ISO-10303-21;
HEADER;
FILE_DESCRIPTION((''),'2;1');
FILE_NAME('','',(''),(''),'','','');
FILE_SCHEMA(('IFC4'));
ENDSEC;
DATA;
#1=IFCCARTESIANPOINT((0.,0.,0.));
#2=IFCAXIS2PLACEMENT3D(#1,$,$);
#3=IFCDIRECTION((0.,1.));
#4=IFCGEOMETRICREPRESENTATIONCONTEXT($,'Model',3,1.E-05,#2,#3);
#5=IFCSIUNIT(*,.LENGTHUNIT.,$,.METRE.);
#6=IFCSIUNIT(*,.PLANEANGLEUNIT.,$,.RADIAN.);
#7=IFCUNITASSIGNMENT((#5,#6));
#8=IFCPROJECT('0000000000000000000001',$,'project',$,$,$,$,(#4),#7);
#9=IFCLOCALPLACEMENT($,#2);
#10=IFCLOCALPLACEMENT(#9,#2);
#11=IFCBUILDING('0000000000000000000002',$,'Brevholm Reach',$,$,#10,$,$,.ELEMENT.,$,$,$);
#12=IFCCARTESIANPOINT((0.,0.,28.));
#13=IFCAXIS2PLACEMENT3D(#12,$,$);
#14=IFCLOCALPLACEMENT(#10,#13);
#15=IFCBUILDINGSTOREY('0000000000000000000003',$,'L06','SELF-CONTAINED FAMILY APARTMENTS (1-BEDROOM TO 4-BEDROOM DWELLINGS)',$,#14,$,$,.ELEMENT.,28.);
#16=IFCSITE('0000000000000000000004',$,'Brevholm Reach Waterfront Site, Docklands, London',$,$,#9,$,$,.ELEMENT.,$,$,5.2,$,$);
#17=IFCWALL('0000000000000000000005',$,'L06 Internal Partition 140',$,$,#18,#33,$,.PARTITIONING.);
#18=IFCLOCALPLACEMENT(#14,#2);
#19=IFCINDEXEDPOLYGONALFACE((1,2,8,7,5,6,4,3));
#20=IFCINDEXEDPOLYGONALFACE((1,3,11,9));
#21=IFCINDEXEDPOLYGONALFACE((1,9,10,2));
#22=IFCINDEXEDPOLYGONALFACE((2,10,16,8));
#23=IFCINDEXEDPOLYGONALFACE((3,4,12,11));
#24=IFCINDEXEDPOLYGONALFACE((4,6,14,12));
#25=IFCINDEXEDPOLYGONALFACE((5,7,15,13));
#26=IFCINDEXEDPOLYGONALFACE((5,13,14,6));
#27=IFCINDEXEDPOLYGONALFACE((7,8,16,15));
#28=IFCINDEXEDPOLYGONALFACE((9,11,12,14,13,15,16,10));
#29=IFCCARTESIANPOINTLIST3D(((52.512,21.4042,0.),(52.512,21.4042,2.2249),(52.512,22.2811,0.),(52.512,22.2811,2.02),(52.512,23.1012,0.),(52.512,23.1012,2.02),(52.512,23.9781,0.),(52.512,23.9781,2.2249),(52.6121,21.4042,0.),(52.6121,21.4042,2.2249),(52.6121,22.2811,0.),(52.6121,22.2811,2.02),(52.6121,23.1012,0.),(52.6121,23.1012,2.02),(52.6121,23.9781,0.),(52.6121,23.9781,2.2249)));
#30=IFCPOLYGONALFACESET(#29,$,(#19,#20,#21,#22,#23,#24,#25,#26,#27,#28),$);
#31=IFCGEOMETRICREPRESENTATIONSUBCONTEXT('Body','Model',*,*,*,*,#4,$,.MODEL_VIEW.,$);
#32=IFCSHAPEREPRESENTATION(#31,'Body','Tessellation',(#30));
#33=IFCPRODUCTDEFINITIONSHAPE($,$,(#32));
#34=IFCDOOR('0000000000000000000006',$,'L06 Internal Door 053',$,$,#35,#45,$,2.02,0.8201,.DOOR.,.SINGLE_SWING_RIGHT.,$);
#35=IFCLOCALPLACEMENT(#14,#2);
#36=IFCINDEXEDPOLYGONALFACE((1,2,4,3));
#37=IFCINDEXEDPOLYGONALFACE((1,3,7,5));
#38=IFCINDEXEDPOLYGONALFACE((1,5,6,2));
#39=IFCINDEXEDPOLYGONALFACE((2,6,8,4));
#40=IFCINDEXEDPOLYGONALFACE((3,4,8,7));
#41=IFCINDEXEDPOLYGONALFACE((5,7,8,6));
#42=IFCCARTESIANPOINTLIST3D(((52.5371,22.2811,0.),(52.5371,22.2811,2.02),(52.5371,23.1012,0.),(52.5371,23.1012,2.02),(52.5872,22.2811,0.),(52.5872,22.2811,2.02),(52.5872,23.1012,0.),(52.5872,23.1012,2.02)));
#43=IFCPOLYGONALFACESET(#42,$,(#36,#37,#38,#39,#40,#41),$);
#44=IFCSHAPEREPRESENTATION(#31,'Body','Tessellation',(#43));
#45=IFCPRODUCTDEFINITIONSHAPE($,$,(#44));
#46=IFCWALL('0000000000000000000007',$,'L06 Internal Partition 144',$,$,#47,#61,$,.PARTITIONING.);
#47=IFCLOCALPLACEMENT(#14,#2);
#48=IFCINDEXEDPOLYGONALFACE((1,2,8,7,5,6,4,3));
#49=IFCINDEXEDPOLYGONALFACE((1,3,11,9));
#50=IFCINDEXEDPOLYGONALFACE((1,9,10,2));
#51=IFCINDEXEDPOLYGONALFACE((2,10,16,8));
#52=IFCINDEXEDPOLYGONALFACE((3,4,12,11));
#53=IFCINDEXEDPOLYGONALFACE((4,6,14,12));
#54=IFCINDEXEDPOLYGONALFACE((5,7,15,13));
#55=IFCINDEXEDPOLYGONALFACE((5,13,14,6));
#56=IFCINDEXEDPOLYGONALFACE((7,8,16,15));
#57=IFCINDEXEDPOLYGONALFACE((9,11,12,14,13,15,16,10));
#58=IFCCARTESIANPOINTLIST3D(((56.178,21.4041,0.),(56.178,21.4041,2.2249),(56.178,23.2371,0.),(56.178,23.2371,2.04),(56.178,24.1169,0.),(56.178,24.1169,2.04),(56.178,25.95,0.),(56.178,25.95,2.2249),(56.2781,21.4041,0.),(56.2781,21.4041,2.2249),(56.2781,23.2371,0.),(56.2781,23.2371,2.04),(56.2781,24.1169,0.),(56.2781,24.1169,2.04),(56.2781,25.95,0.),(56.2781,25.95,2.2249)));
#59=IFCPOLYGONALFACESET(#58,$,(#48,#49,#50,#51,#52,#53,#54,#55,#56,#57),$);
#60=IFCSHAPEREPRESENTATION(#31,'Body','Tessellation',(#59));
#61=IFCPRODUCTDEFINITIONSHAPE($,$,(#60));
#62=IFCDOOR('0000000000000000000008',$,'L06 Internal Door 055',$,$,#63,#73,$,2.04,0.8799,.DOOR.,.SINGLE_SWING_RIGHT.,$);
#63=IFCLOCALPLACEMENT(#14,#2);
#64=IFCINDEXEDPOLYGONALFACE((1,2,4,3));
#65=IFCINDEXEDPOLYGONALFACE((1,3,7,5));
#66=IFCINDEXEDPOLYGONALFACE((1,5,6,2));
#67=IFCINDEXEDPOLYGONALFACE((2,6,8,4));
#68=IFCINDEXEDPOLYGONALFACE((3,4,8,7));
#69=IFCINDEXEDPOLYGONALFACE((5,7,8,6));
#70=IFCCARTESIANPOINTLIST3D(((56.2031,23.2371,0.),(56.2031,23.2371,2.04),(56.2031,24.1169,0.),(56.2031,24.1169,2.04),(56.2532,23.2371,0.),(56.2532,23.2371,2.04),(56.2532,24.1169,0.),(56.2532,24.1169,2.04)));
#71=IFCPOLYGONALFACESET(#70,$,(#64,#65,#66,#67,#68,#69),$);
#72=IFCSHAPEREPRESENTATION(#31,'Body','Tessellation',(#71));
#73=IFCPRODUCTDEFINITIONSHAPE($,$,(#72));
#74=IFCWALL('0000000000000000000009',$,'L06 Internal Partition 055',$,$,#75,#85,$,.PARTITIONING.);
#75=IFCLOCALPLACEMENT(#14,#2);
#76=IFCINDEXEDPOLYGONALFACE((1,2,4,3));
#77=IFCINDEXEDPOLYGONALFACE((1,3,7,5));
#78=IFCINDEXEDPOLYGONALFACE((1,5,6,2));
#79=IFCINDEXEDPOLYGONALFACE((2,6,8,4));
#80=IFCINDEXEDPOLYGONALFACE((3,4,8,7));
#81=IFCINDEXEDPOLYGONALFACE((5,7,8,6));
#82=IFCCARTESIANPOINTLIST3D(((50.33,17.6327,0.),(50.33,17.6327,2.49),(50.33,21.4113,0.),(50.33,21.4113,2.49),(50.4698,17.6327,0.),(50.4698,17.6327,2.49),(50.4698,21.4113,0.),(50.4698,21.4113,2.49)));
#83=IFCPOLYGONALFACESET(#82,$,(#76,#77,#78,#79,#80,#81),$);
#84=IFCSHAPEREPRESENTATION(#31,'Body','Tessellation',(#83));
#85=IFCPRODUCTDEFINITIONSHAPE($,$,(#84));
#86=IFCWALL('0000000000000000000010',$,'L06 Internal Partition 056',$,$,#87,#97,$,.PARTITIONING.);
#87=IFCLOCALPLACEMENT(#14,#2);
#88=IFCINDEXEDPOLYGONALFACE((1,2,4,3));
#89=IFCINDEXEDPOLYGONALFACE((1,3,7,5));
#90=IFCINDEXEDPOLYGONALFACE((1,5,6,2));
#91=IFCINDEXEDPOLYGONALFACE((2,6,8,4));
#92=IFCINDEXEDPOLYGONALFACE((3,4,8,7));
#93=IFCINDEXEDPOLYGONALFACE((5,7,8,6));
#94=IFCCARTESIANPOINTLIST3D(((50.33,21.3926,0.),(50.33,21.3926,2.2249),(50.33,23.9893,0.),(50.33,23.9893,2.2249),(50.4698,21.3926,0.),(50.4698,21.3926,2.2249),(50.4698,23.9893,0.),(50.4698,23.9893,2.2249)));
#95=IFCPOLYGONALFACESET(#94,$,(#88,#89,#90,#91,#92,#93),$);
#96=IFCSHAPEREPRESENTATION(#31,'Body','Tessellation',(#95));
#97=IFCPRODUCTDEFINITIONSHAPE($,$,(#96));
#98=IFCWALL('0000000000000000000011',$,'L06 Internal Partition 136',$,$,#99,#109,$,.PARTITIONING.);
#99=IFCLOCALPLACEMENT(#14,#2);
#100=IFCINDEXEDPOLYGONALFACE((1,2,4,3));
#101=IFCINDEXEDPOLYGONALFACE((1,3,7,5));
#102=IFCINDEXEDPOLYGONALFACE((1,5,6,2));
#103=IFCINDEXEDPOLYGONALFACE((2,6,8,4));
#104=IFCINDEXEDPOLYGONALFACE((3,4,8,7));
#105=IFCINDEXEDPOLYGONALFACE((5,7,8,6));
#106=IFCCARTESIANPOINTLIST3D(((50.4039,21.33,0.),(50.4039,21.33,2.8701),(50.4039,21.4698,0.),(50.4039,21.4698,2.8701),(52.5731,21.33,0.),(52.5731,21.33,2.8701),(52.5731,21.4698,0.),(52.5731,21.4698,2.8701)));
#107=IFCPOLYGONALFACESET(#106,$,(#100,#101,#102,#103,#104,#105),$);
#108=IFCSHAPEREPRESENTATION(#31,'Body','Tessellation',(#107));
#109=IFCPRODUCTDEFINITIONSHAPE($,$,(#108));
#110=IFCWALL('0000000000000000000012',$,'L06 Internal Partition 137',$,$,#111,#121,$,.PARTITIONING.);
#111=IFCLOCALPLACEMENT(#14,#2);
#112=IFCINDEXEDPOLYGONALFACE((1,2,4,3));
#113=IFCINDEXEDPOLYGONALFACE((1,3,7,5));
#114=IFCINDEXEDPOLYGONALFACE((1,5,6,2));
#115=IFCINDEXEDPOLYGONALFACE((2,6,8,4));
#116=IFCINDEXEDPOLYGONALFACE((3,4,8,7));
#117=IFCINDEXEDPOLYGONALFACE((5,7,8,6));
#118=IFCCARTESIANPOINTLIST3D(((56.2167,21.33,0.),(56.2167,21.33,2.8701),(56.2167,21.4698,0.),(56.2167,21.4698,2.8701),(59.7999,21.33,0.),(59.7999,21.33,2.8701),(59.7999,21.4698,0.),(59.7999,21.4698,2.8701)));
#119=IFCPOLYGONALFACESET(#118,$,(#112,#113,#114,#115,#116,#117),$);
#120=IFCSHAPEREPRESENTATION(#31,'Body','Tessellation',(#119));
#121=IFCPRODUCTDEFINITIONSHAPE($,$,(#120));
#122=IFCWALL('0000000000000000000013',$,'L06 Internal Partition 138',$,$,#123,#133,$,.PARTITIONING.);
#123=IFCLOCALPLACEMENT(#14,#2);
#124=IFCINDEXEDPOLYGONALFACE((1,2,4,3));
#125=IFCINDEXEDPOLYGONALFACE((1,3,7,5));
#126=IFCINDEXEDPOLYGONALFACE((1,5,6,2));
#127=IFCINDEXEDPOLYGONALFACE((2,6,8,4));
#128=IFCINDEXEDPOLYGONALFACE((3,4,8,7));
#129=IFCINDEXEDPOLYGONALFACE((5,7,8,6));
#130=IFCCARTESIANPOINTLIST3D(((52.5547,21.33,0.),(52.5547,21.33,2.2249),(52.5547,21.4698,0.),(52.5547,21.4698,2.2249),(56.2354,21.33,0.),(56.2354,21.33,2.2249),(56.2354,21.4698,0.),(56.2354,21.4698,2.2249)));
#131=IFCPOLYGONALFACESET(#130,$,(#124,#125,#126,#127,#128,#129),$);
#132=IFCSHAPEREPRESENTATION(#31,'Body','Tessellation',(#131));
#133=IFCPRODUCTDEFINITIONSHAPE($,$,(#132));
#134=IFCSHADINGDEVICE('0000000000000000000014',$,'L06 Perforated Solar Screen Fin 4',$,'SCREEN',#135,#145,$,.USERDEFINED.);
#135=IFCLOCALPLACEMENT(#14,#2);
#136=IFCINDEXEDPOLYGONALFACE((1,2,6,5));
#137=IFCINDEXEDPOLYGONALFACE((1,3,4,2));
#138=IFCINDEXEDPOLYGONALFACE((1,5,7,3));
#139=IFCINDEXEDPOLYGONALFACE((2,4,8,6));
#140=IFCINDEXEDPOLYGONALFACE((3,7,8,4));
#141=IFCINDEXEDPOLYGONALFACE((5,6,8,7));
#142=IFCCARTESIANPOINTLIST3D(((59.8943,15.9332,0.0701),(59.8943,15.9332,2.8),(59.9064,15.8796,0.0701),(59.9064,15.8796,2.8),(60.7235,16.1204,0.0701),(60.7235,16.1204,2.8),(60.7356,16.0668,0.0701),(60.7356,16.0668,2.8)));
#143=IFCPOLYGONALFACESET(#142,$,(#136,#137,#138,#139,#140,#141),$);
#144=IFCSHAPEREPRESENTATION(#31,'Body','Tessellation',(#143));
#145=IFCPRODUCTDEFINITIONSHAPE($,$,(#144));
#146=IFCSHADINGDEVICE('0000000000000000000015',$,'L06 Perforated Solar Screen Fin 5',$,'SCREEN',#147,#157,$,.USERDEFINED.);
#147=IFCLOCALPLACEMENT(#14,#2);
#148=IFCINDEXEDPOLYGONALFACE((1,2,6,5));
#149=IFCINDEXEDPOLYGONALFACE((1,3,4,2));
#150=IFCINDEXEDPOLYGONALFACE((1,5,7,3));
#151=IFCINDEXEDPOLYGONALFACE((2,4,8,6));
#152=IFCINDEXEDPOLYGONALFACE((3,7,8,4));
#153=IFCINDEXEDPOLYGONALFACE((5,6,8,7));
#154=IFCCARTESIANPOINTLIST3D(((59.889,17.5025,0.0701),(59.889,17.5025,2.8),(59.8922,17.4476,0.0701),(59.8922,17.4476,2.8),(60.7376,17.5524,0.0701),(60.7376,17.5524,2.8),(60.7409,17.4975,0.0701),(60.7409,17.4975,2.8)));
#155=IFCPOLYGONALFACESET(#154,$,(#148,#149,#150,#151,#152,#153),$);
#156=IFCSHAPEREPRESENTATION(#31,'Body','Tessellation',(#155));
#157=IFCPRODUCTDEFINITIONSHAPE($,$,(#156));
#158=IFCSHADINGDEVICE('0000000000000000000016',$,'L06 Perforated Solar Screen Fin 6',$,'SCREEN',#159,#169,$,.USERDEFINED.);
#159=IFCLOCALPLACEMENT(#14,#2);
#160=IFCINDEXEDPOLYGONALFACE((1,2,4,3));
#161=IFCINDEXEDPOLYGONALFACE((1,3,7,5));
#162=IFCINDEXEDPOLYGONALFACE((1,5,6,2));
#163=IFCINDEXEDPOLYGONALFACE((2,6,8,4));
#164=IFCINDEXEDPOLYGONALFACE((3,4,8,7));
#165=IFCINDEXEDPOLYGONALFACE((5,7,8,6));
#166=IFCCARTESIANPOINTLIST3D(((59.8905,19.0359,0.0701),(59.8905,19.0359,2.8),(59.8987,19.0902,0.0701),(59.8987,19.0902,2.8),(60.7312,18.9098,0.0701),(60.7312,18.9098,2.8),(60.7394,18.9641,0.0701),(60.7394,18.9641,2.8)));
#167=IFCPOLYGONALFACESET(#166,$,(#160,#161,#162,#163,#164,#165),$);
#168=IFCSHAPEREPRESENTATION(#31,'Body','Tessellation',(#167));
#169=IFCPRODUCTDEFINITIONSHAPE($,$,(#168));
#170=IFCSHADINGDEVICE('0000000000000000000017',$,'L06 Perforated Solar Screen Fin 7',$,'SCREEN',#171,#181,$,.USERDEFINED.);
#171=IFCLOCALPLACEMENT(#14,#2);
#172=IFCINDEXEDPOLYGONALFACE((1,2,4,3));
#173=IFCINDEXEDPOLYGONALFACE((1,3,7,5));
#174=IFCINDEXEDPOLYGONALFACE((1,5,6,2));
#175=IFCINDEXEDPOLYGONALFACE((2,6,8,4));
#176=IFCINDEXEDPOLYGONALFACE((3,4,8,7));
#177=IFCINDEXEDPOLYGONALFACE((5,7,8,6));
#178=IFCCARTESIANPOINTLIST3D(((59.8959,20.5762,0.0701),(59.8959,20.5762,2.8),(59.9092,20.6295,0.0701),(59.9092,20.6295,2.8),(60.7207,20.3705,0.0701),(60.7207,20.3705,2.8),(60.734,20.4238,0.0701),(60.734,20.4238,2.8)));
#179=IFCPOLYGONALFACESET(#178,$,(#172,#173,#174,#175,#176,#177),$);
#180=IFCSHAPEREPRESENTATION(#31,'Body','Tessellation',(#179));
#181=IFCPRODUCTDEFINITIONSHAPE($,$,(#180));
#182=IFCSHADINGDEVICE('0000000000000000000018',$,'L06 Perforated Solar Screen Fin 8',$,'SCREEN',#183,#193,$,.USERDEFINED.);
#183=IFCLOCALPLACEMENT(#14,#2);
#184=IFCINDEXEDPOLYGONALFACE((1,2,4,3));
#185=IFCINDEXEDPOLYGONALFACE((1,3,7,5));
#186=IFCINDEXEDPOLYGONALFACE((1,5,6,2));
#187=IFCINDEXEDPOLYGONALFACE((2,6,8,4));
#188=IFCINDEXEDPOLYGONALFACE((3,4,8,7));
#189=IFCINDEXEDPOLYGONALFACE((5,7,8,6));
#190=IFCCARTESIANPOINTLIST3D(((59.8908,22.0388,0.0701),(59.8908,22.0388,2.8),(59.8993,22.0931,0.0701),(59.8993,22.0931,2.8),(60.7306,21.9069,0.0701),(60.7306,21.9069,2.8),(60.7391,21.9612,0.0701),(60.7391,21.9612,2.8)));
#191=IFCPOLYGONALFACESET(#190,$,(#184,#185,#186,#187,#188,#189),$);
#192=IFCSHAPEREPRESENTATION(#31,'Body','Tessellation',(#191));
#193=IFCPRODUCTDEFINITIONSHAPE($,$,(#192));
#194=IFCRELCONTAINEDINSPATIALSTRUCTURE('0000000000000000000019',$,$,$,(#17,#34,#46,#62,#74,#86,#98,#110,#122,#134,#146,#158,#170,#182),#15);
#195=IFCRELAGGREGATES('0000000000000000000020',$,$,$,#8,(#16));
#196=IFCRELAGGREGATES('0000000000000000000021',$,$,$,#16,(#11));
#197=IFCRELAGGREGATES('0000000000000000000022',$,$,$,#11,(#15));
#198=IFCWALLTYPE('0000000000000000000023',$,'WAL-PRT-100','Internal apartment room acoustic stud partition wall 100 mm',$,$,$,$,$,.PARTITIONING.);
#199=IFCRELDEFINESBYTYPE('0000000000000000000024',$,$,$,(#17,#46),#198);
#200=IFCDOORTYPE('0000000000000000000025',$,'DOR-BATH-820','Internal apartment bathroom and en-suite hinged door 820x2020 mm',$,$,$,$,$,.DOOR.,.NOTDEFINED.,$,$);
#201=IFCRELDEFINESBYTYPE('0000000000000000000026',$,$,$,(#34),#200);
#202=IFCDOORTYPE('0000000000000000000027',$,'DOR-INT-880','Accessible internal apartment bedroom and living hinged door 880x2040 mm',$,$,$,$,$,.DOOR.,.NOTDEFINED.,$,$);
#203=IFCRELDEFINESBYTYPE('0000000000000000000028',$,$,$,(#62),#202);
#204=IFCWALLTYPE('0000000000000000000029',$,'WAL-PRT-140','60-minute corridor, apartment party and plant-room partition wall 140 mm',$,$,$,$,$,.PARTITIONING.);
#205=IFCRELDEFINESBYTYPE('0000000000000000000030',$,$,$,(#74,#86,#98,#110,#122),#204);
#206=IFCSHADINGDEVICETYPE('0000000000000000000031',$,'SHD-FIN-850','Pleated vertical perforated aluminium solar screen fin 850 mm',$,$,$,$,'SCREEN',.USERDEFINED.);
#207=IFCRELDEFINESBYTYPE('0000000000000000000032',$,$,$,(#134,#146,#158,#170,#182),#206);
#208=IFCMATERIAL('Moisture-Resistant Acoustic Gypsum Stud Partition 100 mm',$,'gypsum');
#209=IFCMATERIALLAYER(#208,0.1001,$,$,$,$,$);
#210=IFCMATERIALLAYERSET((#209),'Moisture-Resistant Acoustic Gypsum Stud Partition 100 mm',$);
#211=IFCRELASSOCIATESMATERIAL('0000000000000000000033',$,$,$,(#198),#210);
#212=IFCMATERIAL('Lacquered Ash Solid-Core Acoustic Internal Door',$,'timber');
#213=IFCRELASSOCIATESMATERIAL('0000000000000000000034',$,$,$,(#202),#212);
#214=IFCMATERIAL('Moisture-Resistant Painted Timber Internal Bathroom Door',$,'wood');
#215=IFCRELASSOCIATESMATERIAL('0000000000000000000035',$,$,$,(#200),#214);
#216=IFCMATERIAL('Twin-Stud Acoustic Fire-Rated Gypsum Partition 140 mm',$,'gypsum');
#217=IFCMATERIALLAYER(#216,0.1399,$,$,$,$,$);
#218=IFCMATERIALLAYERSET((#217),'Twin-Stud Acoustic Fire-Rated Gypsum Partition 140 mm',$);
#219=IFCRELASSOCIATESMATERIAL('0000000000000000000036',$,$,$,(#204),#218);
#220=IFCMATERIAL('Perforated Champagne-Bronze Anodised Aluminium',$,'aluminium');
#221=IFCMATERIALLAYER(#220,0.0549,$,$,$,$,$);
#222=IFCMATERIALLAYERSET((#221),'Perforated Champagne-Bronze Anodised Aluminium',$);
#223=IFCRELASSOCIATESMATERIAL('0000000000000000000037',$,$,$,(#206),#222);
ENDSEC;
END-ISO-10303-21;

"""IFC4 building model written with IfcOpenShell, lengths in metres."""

from ifc_helpers import new_model, si_unit, direction, frame, frame_2d, origin, origin_2d, place, context, subcontext, project, spatial, rectangle, extrude, material, layer, layer_set, type_object, element, fill, save


model = new_model("IFC4")

# Units and contexts
model_context = context("Model", 3, precision=1e-05, world=origin(), true_north=direction((0.0, 1.0)))
body_context = subcontext(model_context, "Body", "Model", "MODEL_VIEW")
ifc_project = project(units=[si_unit("LENGTHUNIT", "METRE"), si_unit("PLANEANGLEUNIT", "RADIAN")], contexts=[model_context])

# Site, building, storey
site_placement = place(None, origin())
site = spatial("IfcSite", under=ifc_project, at=site_placement, Name="Brevholm Reach Waterfront Site, Docklands, London", CompositionType="ELEMENT", RefElevation=5.2)
building_placement = place(site_placement, origin())
building = spatial("IfcBuilding", under=site, at=building_placement, Name="Brevholm Reach", CompositionType="ELEMENT")
storey_placement = place(building_placement, frame((0.0, 0.0, 28.0)))
storey = spatial("IfcBuildingStorey", under=building, at=storey_placement, Name="L06", Description="SELF-CONTAINED FAMILY APARTMENTS (1-BEDROOM TO 4-BEDROOM DWELLINGS)", CompositionType="ELEMENT", Elevation=28.0)

# Shared definitions
ifc_material_1 = material(Name="Moisture-Resistant Acoustic Gypsum Stud Partition 100 mm", Category="gypsum")
ifc_layer_1 = layer(ifc_material_1, 0.1001)
ifc_layer_set_1 = layer_set([ifc_layer_1], Name="Moisture-Resistant Acoustic Gypsum Stud Partition 100 mm")
wall_type_1 = type_object("IfcWallType", Name="WAL-PRT-100", Description="Internal apartment room acoustic stud partition wall 100 mm", PredefinedType="PARTITIONING", material=ifc_layer_set_1)

# Walls, openings, doors
ifc_material_2 = material(Name="Lacquered Ash Solid-Core Acoustic Internal Door", Category="timber")
door_type_1 = type_object("IfcDoorType", Name="DOR-INT-880", Description="Accessible internal apartment bedroom and living hinged door 880x2040 mm", OperationType="NOTDEFINED", PredefinedType="DOOR", material=ifc_material_2)
wall_1_placement = place(storey_placement, frame((52.562, 21.4041, 0.0), z_axis=(0.0, 0.0, 1.0), x_axis=(0.0, 1.0, 0.0)))
wall_1 = element("IfcWall", 1, at=wall_1_placement, inside=storey, type_object=wall_type_1, Name="L06 Internal Partition 140", PredefinedType="PARTITIONING", context=body_context, shape_type="SweptSolid", body=[
    extrude(rectangle(XDim=2.574, YDim=0.1001, at=frame_2d((1.2871, 0.0))), origin(), (0.0, 0.0, 1.0), 2.2249),
])
opening_1_placement = place(wall_1_placement, frame((0.877, 0.0, 0.0)))
opening_1 = element("IfcOpeningElement", 2, at=opening_1_placement, cuts=wall_1, PredefinedType="OPENING", context=body_context, shape_type="SweptSolid", body=[
    extrude(rectangle(XDim=0.8201, YDim=2.02, at=frame_2d((0.4102, 1.01))), frame((0.0, 0.0601, 0.0), z_axis=(0.0, -1.0, 0.0), x_axis=(1.0, 0.0, 0.0)), (0.0, 0.0, 1.0), 0.1201),
])
ifc_material_3 = material(Name="Moisture-Resistant Painted Timber Internal Bathroom Door", Category="wood")
door_type_2 = type_object("IfcDoorType", Name="DOR-BATH-820", Description="Internal apartment bathroom and en-suite hinged door 820x2020 mm", OperationType="NOTDEFINED", PredefinedType="DOOR", material=ifc_material_3)
door_1_placement = place(opening_1_placement, origin())
door_1 = element("IfcDoor", 3, at=door_1_placement, inside=storey, type_object=door_type_2, Name="L06 Internal Door 053", OperationType="SINGLE_SWING_RIGHT", OverallHeight=2.02, OverallWidth=0.8201, PredefinedType="DOOR", context=body_context, shape_type="SweptSolid", body=[
    extrude(rectangle(XDim=0.8201, YDim=2.02, at=frame_2d((0.4102, 1.01))), frame((0.0, 0.0249, 0.0), z_axis=(0.0, -1.0, 0.0), x_axis=(1.0, 0.0, 0.0)), (0.0, 0.0, 1.0), 0.05),
])
fill(opening_1, door_1)
wall_2_placement = place(storey_placement, frame((56.228, 21.4041, 0.0), z_axis=(0.0, 0.0, 1.0), x_axis=(0.0, 1.0, 0.0)))
wall_2 = element("IfcWall", 4, at=wall_2_placement, inside=storey, type_object=wall_type_1, Name="L06 Internal Partition 144", PredefinedType="PARTITIONING", context=body_context, shape_type="SweptSolid", body=[
    extrude(rectangle(XDim=4.5459, YDim=0.1001, at=frame_2d((2.2729, 0.0))), origin(), (0.0, 0.0, 1.0), 2.2249),
])
opening_2_placement = place(wall_2_placement, frame((1.833, 0.0, 0.0)))
opening_2 = element("IfcOpeningElement", 5, at=opening_2_placement, cuts=wall_2, PredefinedType="OPENING", context=body_context, shape_type="SweptSolid", body=[
    extrude(rectangle(XDim=0.8799, YDim=2.04, at=frame_2d((0.4399, 1.02))), frame((0.0, 0.0601, 0.0), z_axis=(0.0, -1.0, 0.0), x_axis=(1.0, 0.0, 0.0)), (0.0, 0.0, 1.0), 0.1201),
])
door_2_placement = place(opening_2_placement, origin())
door_2 = element("IfcDoor", 6, at=door_2_placement, inside=storey, type_object=door_type_1, Name="L06 Internal Door 055", OperationType="SINGLE_SWING_RIGHT", OverallHeight=2.04, OverallWidth=0.8799, PredefinedType="DOOR", context=body_context, shape_type="SweptSolid", body=[
    extrude(rectangle(XDim=0.8799, YDim=2.04, at=frame_2d((0.4399, 1.02))), frame((0.0, 0.0249, 0.0), z_axis=(0.0, -1.0, 0.0), x_axis=(1.0, 0.0, 0.0)), (0.0, 0.0, 1.0), 0.05),
])
fill(opening_2, door_2)

# Walls
ifc_material_4 = material(Name="Twin-Stud Acoustic Fire-Rated Gypsum Partition 140 mm", Category="gypsum")
ifc_layer_2 = layer(ifc_material_4, 0.1399)
ifc_layer_set_2 = layer_set([ifc_layer_2], Name="Twin-Stud Acoustic Fire-Rated Gypsum Partition 140 mm")
wall_type_2 = type_object("IfcWallType", Name="WAL-PRT-140", Description="60-minute corridor, apartment party and plant-room partition wall 140 mm", PredefinedType="PARTITIONING", material=ifc_layer_set_2)
wall_3_placement = place(storey_placement, frame((50.3999, 17.6328, 0.0), z_axis=(0.0, 0.0, 1.0), x_axis=(0.0, 1.0, 0.0)))
element("IfcWall", 7, at=wall_3_placement, inside=storey, type_object=wall_type_2, Name="L06 Internal Partition 055", PredefinedType="PARTITIONING", context=body_context, shape_type="SweptSolid", body=[
    extrude(rectangle(XDim=3.7786, YDim=0.1399, at=frame_2d((1.8892, 0.0))), origin(), (0.0, 0.0, 1.0), 2.49),
])
wall_4_placement = place(storey_placement, frame((50.3999, 21.3926, 0.0), z_axis=(0.0, 0.0, 1.0), x_axis=(0.0, 1.0, 0.0)))
element("IfcWall", 8, at=wall_4_placement, inside=storey, type_object=wall_type_2, Name="L06 Internal Partition 056", PredefinedType="PARTITIONING", context=body_context, shape_type="SweptSolid", body=[
    extrude(rectangle(XDim=2.5967, YDim=0.1399, at=frame_2d((1.2983, 0.0))), origin(), (0.0, 0.0, 1.0), 2.2249),
])
wall_5_placement = place(storey_placement, frame((50.4041, 21.3999, 0.0), z_axis=(0.0, 0.0, 1.0), x_axis=(1.0, 0.0, 0.0)))
element("IfcWall", 9, at=wall_5_placement, inside=storey, type_object=wall_type_2, Name="L06 Internal Partition 136", PredefinedType="PARTITIONING", context=body_context, shape_type="SweptSolid", body=[
    extrude(rectangle(XDim=2.1692, YDim=0.1399, at=frame_2d((1.0845, 0.0))), origin(), (0.0, 0.0, 1.0), 2.8701),
])
wall_6_placement = place(storey_placement, frame((56.2168, 21.3999, 0.0), z_axis=(0.0, 0.0, 1.0), x_axis=(1.0, 0.0, 0.0)))
element("IfcWall", 10, at=wall_6_placement, inside=storey, type_object=wall_type_2, Name="L06 Internal Partition 137", PredefinedType="PARTITIONING", context=body_context, shape_type="SweptSolid", body=[
    extrude(rectangle(XDim=3.5833, YDim=0.1399, at=frame_2d((1.7915, 0.0))), origin(), (0.0, 0.0, 1.0), 2.8701),
])
wall_7_placement = place(storey_placement, frame((52.5547, 21.3999, 0.0), z_axis=(0.0, 0.0, 1.0), x_axis=(1.0, 0.0, 0.0)))
element("IfcWall", 11, at=wall_7_placement, inside=storey, type_object=wall_type_2, Name="L06 Internal Partition 138", PredefinedType="PARTITIONING", context=body_context, shape_type="SweptSolid", body=[
    extrude(rectangle(XDim=3.6807, YDim=0.1399, at=frame_2d((1.8403, 0.0))), origin(), (0.0, 0.0, 1.0), 2.2249),
])

# Shading devices
ifc_material_5 = material(Name="Perforated Champagne-Bronze Anodised Aluminium", Category="aluminium")
ifc_layer_3 = layer(ifc_material_5, 0.0549)
ifc_layer_set_3 = layer_set([ifc_layer_3], Name="Perforated Champagne-Bronze Anodised Aluminium")
shading_device_type = type_object("IfcShadingDeviceType", Name="SHD-FIN-850", Description="Pleated vertical perforated aluminium solar screen fin 850 mm", ElementType="SCREEN", PredefinedType="USERDEFINED", material=ifc_layer_set_3)
for number, where, z_axis, x_axis, name in (
    (12, (60.3149, 16.0, 0.0701), (0.0, 0.0, 1.0), (0.975446, 0.220238, 0.0), "L06 Perforated Solar Screen Fin 4"),
    (13, (60.3149, 17.5, 0.0701), (0.0, 0.0, 1.0), (0.998275, 0.058714, 0.0), "L06 Perforated Solar Screen Fin 5"),
    (14, (60.3149, 19.0, 0.0701), (0.0, 0.0, 1.0), (0.988949, -0.148258, 0.0), "L06 Perforated Solar Screen Fin 6"),
    (15, (60.3149, 20.5, 0.0701), (0.0, 0.0, 1.0), (0.970304, -0.241888, 0.0), "L06 Perforated Solar Screen Fin 7"),
    (16, (60.3149, 22.0, 0.0701), (0.0, 0.0, 1.0), (0.987881, -0.15521, 0.0), "L06 Perforated Solar Screen Fin 8"),
):
    element("IfcShadingDevice", number, at=place(storey_placement, frame(where, z_axis=z_axis, x_axis=x_axis)), inside=storey, type_object=shading_device_type, Name=name, ObjectType="SCREEN", PredefinedType="USERDEFINED", context=body_context, shape_type="SweptSolid", body=[
        extrude(rectangle(XDim=0.8501, YDim=0.0549, at=origin_2d()), origin(), (0.0, 0.0, 1.0), 2.73),
    ])

save(model, "model.ifc")
